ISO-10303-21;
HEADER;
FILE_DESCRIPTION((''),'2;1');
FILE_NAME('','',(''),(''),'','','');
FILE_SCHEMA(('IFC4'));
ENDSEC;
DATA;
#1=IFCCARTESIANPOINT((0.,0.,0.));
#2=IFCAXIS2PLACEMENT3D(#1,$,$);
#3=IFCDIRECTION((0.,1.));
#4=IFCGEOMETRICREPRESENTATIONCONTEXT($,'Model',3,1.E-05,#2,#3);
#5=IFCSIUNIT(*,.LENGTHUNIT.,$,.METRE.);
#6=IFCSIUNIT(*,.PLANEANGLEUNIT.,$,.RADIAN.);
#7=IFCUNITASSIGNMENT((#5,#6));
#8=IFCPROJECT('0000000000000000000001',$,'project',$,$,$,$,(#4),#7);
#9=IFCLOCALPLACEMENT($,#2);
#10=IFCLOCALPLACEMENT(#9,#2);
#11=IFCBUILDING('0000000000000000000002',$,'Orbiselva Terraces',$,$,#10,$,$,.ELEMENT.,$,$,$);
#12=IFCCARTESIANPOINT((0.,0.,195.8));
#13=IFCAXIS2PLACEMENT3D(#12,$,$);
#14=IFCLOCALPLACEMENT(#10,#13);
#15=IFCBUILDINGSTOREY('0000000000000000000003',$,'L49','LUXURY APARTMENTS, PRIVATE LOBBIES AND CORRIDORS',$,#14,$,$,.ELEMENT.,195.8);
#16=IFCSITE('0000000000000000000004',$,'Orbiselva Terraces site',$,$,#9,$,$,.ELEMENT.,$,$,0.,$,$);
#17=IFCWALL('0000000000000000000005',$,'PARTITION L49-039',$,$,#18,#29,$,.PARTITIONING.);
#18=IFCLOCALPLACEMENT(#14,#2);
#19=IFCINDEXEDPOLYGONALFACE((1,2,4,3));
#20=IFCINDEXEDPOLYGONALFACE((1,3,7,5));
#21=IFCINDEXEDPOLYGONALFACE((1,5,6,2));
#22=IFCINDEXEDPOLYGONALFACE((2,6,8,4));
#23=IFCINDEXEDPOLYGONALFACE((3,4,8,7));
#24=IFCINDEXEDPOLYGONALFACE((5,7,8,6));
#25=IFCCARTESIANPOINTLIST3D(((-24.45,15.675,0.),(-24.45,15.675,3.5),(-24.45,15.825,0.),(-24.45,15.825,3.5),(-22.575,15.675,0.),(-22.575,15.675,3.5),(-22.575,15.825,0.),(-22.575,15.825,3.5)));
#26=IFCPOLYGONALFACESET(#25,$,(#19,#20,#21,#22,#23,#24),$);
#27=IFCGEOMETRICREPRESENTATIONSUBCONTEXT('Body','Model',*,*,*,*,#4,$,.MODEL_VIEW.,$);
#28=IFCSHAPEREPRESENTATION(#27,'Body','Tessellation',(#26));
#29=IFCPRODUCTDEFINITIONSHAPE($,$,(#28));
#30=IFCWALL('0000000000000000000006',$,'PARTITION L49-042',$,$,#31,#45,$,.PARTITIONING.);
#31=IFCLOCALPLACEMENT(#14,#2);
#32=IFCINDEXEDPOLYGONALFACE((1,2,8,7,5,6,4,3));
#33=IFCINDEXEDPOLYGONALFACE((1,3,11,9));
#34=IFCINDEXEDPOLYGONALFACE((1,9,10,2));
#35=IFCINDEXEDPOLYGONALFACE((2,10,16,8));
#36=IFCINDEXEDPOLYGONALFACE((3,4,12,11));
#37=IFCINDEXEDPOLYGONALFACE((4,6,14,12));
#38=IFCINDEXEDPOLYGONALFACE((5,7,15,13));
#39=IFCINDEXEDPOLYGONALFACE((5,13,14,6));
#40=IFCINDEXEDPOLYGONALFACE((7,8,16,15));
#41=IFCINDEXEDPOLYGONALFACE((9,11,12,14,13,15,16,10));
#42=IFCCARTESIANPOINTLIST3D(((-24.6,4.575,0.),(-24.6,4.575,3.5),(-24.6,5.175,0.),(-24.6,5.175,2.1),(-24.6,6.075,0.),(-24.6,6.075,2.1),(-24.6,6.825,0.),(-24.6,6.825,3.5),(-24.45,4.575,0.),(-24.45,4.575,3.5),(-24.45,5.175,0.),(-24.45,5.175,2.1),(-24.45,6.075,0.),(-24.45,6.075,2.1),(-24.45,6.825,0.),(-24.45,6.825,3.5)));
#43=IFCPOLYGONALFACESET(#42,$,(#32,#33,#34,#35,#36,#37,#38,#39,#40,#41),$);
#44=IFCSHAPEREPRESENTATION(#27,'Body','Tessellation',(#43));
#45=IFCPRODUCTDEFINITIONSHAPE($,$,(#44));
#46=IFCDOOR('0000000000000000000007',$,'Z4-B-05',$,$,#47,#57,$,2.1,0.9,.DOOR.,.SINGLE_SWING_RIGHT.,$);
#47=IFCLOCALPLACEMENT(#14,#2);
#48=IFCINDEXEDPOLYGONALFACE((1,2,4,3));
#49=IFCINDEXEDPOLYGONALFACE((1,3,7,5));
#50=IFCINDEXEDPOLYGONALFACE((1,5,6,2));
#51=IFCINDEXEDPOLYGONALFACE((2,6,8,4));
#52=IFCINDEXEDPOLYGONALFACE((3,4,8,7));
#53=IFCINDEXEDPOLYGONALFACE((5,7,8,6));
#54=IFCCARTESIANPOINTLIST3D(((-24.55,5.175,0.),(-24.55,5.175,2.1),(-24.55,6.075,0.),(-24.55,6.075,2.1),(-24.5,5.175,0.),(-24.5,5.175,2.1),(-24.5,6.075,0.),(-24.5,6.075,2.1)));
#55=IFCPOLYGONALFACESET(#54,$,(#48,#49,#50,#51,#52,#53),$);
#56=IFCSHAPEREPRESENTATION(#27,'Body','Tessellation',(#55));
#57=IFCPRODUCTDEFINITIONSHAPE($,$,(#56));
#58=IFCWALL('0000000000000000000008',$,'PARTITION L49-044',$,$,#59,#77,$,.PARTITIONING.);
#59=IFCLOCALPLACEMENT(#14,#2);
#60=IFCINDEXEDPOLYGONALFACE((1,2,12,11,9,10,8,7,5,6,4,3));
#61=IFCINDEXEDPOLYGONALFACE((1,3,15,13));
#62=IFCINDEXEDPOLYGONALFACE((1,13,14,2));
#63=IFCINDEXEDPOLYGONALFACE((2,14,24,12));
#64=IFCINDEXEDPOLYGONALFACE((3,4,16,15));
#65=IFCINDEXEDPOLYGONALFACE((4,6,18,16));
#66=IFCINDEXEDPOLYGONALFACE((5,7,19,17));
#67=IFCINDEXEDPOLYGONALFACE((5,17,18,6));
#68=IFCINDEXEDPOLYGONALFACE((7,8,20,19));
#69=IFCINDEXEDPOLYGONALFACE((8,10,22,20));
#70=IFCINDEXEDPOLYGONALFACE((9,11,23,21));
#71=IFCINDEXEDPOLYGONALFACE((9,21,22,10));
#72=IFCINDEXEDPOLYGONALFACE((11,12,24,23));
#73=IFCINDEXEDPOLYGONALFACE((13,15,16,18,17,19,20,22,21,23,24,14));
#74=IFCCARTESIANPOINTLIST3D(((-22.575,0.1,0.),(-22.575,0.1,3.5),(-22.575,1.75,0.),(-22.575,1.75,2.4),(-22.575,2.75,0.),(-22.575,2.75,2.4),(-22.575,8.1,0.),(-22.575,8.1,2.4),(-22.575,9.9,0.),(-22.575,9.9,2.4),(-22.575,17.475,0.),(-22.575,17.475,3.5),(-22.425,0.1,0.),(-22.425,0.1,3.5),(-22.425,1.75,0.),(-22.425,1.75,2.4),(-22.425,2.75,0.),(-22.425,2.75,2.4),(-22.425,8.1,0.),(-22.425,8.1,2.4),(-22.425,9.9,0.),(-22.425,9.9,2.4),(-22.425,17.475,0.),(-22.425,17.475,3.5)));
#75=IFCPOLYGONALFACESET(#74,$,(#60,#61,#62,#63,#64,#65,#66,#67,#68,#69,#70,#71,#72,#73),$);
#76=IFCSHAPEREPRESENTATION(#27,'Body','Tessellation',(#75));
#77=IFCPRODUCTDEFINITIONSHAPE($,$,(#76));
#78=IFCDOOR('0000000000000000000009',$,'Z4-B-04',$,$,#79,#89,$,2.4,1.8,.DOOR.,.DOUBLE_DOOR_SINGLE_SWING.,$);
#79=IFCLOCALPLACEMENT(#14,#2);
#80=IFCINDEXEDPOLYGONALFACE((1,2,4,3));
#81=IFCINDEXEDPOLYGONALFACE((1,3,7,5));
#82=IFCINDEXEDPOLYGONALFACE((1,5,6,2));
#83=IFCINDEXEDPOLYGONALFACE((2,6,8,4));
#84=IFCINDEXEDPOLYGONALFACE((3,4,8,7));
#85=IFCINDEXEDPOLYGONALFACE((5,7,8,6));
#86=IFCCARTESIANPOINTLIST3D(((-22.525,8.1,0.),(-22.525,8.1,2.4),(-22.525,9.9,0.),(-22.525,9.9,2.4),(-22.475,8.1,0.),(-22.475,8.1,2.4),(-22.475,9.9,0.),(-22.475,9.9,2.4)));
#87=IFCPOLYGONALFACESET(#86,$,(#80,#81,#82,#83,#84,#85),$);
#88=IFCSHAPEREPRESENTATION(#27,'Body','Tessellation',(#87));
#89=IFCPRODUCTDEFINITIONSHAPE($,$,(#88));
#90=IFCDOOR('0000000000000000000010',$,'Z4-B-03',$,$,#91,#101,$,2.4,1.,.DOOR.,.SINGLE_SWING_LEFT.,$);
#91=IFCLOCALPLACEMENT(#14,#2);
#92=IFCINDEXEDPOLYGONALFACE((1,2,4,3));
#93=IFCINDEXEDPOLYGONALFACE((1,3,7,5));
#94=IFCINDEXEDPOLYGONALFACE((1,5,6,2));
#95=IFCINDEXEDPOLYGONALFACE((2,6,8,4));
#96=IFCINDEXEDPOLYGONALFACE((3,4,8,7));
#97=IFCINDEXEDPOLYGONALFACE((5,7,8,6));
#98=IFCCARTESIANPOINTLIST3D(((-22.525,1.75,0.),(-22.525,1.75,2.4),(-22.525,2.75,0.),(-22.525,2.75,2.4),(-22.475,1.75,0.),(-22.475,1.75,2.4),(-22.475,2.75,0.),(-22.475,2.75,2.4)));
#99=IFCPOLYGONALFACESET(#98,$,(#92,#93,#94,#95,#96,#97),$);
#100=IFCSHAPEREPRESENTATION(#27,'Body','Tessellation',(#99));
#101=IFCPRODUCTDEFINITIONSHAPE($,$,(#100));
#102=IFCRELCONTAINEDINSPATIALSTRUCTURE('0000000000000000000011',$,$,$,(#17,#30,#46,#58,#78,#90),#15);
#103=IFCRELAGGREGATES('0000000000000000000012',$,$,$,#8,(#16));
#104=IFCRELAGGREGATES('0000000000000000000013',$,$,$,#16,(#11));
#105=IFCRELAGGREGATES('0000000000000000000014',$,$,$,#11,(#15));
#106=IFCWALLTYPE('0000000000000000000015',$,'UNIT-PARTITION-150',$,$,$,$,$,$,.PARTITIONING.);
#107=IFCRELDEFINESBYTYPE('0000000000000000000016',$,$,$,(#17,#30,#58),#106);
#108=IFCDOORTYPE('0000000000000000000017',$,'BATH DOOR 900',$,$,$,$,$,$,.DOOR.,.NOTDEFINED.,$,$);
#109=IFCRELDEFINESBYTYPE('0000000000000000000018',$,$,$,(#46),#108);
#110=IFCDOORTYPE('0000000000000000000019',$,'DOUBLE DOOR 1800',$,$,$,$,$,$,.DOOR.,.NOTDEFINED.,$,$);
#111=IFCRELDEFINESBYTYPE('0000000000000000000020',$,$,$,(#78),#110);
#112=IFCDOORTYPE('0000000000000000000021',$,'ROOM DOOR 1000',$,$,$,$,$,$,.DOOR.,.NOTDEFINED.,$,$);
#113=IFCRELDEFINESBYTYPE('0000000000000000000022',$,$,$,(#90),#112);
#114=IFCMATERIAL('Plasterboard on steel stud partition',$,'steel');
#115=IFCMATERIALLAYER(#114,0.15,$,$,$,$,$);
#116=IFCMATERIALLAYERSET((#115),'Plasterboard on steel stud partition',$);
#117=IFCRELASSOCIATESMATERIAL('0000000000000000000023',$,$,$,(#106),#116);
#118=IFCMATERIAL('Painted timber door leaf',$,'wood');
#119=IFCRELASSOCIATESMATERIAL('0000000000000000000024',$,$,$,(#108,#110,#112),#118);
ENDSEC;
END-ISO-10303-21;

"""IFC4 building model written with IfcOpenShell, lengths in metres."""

from ifc_helpers import new_model, si_unit, direction, frame, frame_2d, origin, place, context, subcontext, project, spatial, rectangle, extrude, material, layer, layer_set, type_object, element, fill, save


model = new_model("IFC4")

# Units and contexts
model_context = context("Model", 3, precision=1e-05, world=origin(), true_north=direction((0.0, 1.0)))
body_context = subcontext(model_context, "Body", "Model", "MODEL_VIEW")
ifc_project = project(units=[si_unit("LENGTHUNIT", "METRE"), si_unit("PLANEANGLEUNIT", "RADIAN")], contexts=[model_context])

# Site, building, storey
site_placement = place(None, origin())
site = spatial("IfcSite", under=ifc_project, at=site_placement, Name="Orbiselva Terraces site", CompositionType="ELEMENT", RefElevation=0.0)
building_placement = place(site_placement, origin())
building = spatial("IfcBuilding", under=site, at=building_placement, Name="Orbiselva Terraces", CompositionType="ELEMENT")
storey_placement = place(building_placement, frame((0.0, 0.0, 195.8)))
storey = spatial("IfcBuildingStorey", under=building, at=storey_placement, Name="L49", Description="LUXURY APARTMENTS, PRIVATE LOBBIES AND CORRIDORS", CompositionType="ELEMENT", Elevation=195.8)

# Shared definitions
ifc_material_1 = material(Name="Plasterboard on steel stud partition", Category="steel")
ifc_material_2 = material(Name="Painted timber door leaf", Category="wood")

# Wall
ifc_layer_1 = layer(ifc_material_1, 0.15)
ifc_layer_set_1 = layer_set([ifc_layer_1], Name="Plasterboard on steel stud partition")
wall_type_1 = type_object("IfcWallType", Name="UNIT-PARTITION-150", PredefinedType="PARTITIONING", material=ifc_layer_set_1)
wall_1_placement = place(storey_placement, frame((-24.45, 15.75, 0.0), z_axis=(0.0, 0.0, 1.0), x_axis=(1.0, 0.0, 0.0)))
element("IfcWall", 1, at=wall_1_placement, inside=storey, type_object=wall_type_1, Name="PARTITION L49-039", PredefinedType="PARTITIONING", context=body_context, shape_type="SweptSolid", body=[
    extrude(rectangle(XDim=1.875, YDim=0.15, at=frame_2d((0.9375, 0.0))), origin(), (0.0, 0.0, 1.0), 3.5),
])

# Wall, opening, door
wall_2_placement = place(storey_placement, frame((-24.525, 6.825, 0.0), z_axis=(0.0, 0.0, 1.0), x_axis=(0.0, -1.0, 0.0)))
wall_2 = element("IfcWall", 2, at=wall_2_placement, inside=storey, type_object=wall_type_1, Name="PARTITION L49-042", PredefinedType="PARTITIONING", context=body_context, shape_type="SweptSolid", body=[
    extrude(rectangle(XDim=2.25, YDim=0.15, at=frame_2d((1.125, 0.0))), origin(), (0.0, 0.0, 1.0), 3.5),
])
opening_1_placement = place(wall_2_placement, frame((0.75, 0.0, 0.0)))
opening_1 = element("IfcOpeningElement", 3, at=opening_1_placement, cuts=wall_2, PredefinedType="OPENING", context=body_context, shape_type="SweptSolid", body=[
    extrude(rectangle(XDim=0.9, YDim=2.1, at=frame_2d((0.45, 1.05))), frame((0.0, 0.085, 0.0), z_axis=(0.0, -1.0, 0.0), x_axis=(1.0, 0.0, 0.0)), (0.0, 0.0, 1.0), 0.17),
])
door_type_1 = type_object("IfcDoorType", Name="BATH DOOR 900", OperationType="NOTDEFINED", PredefinedType="DOOR", material=ifc_material_2)
door_1_placement = place(opening_1_placement, origin())
door_1 = element("IfcDoor", 4, at=door_1_placement, inside=storey, type_object=door_type_1, Name="Z4-B-05", OperationType="SINGLE_SWING_RIGHT", OverallHeight=2.1, OverallWidth=0.9, PredefinedType="DOOR", context=body_context, shape_type="SweptSolid", body=[
    extrude(rectangle(XDim=0.9, YDim=2.1, at=frame_2d((0.45, 1.05))), frame((0.0, 0.025, 0.0), z_axis=(0.0, -1.0, 0.0), x_axis=(1.0, 0.0, 0.0)), (0.0, 0.0, 1.0), 0.05),
])
fill(opening_1, door_1)

# Wall, openings, doors
wall_3_placement = place(storey_placement, frame((-22.5, 0.1, 0.0), z_axis=(0.0, 0.0, 1.0), x_axis=(0.0, 1.0, 0.0)))
wall_3 = element("IfcWall", 5, at=wall_3_placement, inside=storey, type_object=wall_type_1, Name="PARTITION L49-044", PredefinedType="PARTITIONING", context=body_context, shape_type="SweptSolid", body=[
    extrude(rectangle(XDim=17.375, YDim=0.15, at=frame_2d((8.6875, 0.0))), origin(), (0.0, 0.0, 1.0), 3.5),
])
opening_2_placement = place(wall_3_placement, frame((1.65, 0.0, 0.0)))
opening_2 = element("IfcOpeningElement", 6, at=opening_2_placement, cuts=wall_3, PredefinedType="OPENING", context=body_context, shape_type="SweptSolid", body=[
    extrude(rectangle(XDim=1.0, YDim=2.4, at=frame_2d((0.5, 1.2))), frame((0.0, 0.085, 0.0), z_axis=(0.0, -1.0, 0.0), x_axis=(1.0, 0.0, 0.0)), (0.0, 0.0, 1.0), 0.17),
])
opening_3_placement = place(wall_3_placement, frame((8.0, 0.0, 0.0)))
opening_3 = element("IfcOpeningElement", 7, at=opening_3_placement, cuts=wall_3, PredefinedType="OPENING", context=body_context, shape_type="SweptSolid", body=[
    extrude(rectangle(XDim=1.8, YDim=2.4, at=frame_2d((0.9, 1.2))), frame((0.0, 0.085, 0.0), z_axis=(0.0, -1.0, 0.0), x_axis=(1.0, 0.0, 0.0)), (0.0, 0.0, 1.0), 0.17),
])
door_type_2 = type_object("IfcDoorType", Name="DOUBLE DOOR 1800", OperationType="NOTDEFINED", PredefinedType="DOOR", material=ifc_material_2)
door_2_placement = place(opening_3_placement, origin())
door_2 = element("IfcDoor", 8, at=door_2_placement, inside=storey, type_object=door_type_2, Name="Z4-B-04", OperationType="DOUBLE_DOOR_SINGLE_SWING", OverallHeight=2.4, OverallWidth=1.8, PredefinedType="DOOR", context=body_context, shape_type="SweptSolid", body=[
    extrude(rectangle(XDim=1.8, YDim=2.4, at=frame_2d((0.9, 1.2))), frame((0.0, 0.025, 0.0), z_axis=(0.0, -1.0, 0.0), x_axis=(1.0, 0.0, 0.0)), (0.0, 0.0, 1.0), 0.05),
])
fill(opening_3, door_2)
door_type_3 = type_object("IfcDoorType", Name="ROOM DOOR 1000", OperationType="NOTDEFINED", PredefinedType="DOOR", material=ifc_material_2)
door_3_placement = place(opening_2_placement, origin())
door_3 = element("IfcDoor", 9, at=door_3_placement, inside=storey, type_object=door_type_3, Name="Z4-B-03", OperationType="SINGLE_SWING_LEFT", OverallHeight=2.4, OverallWidth=1.0, PredefinedType="DOOR", context=body_context, shape_type="SweptSolid", body=[
    extrude(rectangle(XDim=1.0, YDim=2.4, at=frame_2d((0.5, 1.2))), frame((0.0, 0.025, 0.0), z_axis=(0.0, -1.0, 0.0), x_axis=(1.0, 0.0, 0.0)), (0.0, 0.0, 1.0), 0.05),
])
fill(opening_2, door_3)

save(model, "model.ifc")
